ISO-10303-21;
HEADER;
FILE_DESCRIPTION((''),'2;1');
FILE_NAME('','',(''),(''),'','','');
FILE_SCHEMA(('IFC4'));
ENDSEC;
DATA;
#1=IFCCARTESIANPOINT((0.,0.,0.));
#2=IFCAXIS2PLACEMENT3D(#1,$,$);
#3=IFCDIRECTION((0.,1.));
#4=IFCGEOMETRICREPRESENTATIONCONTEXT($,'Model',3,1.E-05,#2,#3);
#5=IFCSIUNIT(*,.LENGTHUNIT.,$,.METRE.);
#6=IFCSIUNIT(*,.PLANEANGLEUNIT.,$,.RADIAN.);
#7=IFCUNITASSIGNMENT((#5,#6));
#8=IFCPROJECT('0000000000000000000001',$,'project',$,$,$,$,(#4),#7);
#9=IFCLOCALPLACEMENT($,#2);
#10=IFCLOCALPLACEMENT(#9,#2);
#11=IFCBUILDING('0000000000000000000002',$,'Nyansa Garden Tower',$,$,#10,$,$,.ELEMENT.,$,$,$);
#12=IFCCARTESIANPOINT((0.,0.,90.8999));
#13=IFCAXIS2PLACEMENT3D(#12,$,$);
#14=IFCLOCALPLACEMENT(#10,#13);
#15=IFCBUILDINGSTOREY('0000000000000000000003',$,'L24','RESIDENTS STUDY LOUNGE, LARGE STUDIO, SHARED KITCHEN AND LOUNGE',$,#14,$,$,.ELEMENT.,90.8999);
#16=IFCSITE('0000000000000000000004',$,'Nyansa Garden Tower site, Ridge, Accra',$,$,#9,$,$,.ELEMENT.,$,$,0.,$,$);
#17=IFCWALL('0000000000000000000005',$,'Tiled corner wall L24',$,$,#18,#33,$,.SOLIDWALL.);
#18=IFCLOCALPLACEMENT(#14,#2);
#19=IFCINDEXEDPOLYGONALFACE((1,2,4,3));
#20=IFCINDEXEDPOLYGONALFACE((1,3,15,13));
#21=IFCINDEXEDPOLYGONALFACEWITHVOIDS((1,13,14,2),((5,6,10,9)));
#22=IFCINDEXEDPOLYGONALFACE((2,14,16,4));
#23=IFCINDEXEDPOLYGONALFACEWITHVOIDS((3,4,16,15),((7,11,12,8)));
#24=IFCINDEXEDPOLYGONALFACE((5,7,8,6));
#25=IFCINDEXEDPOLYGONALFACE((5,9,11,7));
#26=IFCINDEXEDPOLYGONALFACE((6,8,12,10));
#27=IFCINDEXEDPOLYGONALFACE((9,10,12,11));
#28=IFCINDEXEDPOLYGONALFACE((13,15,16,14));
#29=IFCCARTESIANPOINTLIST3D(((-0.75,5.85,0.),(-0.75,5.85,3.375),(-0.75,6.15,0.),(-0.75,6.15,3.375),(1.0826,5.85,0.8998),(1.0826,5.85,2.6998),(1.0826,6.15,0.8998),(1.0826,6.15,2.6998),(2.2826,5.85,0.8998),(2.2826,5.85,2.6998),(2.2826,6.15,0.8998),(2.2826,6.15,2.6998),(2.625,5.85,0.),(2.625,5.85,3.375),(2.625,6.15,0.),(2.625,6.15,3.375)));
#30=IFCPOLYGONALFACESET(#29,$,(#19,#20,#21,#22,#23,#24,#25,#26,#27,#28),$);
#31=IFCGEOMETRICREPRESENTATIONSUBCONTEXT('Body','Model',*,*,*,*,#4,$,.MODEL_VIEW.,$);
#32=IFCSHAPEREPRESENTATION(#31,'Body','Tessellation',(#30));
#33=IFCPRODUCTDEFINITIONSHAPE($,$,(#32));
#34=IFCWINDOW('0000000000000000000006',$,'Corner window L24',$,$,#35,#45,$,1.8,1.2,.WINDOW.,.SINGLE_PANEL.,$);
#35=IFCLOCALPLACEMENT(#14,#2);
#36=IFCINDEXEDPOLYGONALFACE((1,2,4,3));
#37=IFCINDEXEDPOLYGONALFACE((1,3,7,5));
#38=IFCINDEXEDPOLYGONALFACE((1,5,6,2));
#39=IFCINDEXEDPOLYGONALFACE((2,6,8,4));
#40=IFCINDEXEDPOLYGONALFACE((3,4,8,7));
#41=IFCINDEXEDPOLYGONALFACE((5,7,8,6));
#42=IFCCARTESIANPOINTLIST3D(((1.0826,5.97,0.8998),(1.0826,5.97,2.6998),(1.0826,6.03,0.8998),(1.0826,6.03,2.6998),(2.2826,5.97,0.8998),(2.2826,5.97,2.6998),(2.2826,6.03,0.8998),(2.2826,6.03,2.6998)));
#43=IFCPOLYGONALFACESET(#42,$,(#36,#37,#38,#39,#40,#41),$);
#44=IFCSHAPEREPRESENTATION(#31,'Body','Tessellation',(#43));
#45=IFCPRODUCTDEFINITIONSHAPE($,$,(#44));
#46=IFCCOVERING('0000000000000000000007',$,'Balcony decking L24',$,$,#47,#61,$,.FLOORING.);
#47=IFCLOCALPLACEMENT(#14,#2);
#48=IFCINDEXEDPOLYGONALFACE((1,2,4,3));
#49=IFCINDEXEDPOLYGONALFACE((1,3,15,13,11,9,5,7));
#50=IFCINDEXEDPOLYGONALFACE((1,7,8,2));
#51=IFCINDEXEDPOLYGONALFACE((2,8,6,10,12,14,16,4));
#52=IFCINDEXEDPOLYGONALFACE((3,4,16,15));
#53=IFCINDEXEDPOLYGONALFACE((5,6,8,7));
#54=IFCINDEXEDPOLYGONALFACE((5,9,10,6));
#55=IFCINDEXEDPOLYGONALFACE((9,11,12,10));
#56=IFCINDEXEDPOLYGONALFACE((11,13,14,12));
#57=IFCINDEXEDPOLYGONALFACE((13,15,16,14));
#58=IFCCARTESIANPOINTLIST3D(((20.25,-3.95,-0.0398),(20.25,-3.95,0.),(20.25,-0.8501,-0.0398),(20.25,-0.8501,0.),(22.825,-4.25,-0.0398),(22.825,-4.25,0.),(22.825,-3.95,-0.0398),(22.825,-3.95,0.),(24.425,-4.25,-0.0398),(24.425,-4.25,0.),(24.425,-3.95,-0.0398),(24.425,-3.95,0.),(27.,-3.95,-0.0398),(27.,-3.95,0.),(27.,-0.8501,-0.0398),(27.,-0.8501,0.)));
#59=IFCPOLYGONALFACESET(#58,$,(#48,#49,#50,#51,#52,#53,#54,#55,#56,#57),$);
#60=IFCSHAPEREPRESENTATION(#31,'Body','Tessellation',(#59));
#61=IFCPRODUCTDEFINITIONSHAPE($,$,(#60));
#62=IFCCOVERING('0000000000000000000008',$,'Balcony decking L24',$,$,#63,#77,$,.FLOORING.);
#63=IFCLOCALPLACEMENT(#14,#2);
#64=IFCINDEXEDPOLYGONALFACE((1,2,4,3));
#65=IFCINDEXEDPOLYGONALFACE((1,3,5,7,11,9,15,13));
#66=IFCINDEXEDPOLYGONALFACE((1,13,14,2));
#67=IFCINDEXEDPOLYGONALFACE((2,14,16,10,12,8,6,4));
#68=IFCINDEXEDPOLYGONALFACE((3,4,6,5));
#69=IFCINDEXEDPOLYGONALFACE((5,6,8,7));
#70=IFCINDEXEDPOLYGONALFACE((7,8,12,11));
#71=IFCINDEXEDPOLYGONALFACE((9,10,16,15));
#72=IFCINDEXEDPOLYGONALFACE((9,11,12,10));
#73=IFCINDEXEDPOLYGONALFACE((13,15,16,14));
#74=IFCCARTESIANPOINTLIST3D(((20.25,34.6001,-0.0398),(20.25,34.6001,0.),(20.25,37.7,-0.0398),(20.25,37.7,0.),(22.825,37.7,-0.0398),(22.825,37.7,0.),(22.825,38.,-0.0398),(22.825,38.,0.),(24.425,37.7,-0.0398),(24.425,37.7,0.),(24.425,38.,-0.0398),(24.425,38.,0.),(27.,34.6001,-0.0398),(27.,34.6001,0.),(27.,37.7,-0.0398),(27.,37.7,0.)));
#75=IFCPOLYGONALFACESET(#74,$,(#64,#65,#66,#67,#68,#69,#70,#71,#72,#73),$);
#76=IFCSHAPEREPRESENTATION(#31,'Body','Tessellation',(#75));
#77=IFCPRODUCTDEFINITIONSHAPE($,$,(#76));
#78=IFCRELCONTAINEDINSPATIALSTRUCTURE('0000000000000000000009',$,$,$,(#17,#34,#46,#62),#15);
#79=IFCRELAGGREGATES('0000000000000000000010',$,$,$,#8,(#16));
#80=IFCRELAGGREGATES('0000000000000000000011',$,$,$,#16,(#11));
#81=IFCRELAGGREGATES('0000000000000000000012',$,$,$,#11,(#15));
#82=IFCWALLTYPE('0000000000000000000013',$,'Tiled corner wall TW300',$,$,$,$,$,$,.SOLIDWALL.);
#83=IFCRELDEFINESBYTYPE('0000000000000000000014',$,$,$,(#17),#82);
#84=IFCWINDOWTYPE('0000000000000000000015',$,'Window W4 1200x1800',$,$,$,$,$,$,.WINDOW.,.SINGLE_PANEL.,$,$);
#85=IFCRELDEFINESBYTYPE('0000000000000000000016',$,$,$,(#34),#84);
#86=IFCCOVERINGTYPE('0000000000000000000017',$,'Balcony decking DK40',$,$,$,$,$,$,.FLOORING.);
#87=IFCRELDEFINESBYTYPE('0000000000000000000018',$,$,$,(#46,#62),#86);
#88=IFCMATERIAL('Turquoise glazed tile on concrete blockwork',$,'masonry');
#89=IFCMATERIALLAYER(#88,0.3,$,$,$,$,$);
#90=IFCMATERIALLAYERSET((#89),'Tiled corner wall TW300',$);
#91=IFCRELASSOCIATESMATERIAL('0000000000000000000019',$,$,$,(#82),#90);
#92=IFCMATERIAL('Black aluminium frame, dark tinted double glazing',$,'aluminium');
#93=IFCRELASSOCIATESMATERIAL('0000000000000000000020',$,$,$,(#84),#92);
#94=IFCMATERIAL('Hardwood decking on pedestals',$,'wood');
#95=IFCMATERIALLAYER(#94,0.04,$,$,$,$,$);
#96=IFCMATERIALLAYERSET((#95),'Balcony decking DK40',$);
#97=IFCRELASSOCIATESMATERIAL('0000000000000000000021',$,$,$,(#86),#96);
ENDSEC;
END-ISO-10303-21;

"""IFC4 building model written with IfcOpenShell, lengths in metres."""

from ifc_helpers import new_model, si_unit, direction, frame, frame_2d, origin, place, context, subcontext, project, spatial, polyline, rectangle, outline, extrude, material, layer, layer_set, type_object, element, fill, save


model = new_model("IFC4")

# Units and contexts
model_context = context("Model", 3, precision=1e-05, world=origin(), true_north=direction((0.0, 1.0)))
body_context = subcontext(model_context, "Body", "Model", "MODEL_VIEW")
ifc_project = project(units=[si_unit("LENGTHUNIT", "METRE"), si_unit("PLANEANGLEUNIT", "RADIAN")], contexts=[model_context])

# Site, building, storey
site_placement = place(None, origin())
site = spatial("IfcSite", under=ifc_project, at=site_placement, Name="Nyansa Garden Tower site, Ridge, Accra", CompositionType="ELEMENT", RefElevation=0.0)
building_placement = place(site_placement, origin())
building = spatial("IfcBuilding", under=site, at=building_placement, Name="Nyansa Garden Tower", CompositionType="ELEMENT")
storey_placement = place(building_placement, frame((0.0, 0.0, 90.8999)))
storey = spatial("IfcBuildingStorey", under=building, at=storey_placement, Name="L24", Description="RESIDENTS STUDY LOUNGE, LARGE STUDIO, SHARED KITCHEN AND LOUNGE", CompositionType="ELEMENT", Elevation=90.8999)

# Wall, opening, window
ifc_material_1 = material(Name="Turquoise glazed tile on concrete blockwork", Category="masonry")
ifc_layer_1 = layer(ifc_material_1, 0.3)
ifc_layer_set_1 = layer_set([ifc_layer_1], Name="Tiled corner wall TW300")
wall_type = type_object("IfcWallType", Name="Tiled corner wall TW300", PredefinedType="SOLIDWALL", material=ifc_layer_set_1)
wall_placement = place(storey_placement, frame((-0.75, 6.0, 0.0), z_axis=(0.0, 0.0, 1.0), x_axis=(1.0, 0.0, 0.0)))
wall = element("IfcWall", 1, at=wall_placement, inside=storey, type_object=wall_type, Name="Tiled corner wall L24", PredefinedType="SOLIDWALL", context=body_context, shape_type="SweptSolid", body=[
    extrude(rectangle(XDim=3.375, YDim=0.3, at=frame_2d((1.6875, 0.0))), origin(), (0.0, 0.0, 1.0), 3.375),
])
opening_placement = place(wall_placement, frame((1.8325, 0.0, 0.8999)))
opening = element("IfcOpeningElement", 2, at=opening_placement, cuts=wall, PredefinedType="OPENING", context=body_context, shape_type="SweptSolid", body=[
    extrude(rectangle(XDim=1.2, YDim=1.8, at=frame_2d((0.6001, 0.8999))), frame((0.0, 0.1599, 0.0), z_axis=(0.0, -1.0, 0.0), x_axis=(1.0, 0.0, 0.0)), (0.0, 0.0, 1.0), 0.3201),
])
ifc_material_2 = material(Name="Black aluminium frame, dark tinted double glazing", Category="aluminium")
window_type = type_object("IfcWindowType", Name="Window W4 1200x1800", PartitioningType="SINGLE_PANEL", PredefinedType="WINDOW", material=ifc_material_2)
window_placement = place(opening_placement, origin())
window = element("IfcWindow", 3, at=window_placement, inside=storey, type_object=window_type, Name="Corner window L24", OverallHeight=1.8, OverallWidth=1.2, PartitioningType="SINGLE_PANEL", PredefinedType="WINDOW", context=body_context, shape_type="SweptSolid", body=[
    extrude(rectangle(XDim=1.2, YDim=1.8, at=frame_2d((0.6001, 0.8999))), frame((0.0, 0.03, 0.0), z_axis=(0.0, -1.0, 0.0), x_axis=(1.0, 0.0, 0.0)), (0.0, 0.0, 1.0), 0.0601),
])
fill(opening, window)

# Coverings
ifc_material_3 = material(Name="Hardwood decking on pedestals", Category="wood")
ifc_layer_2 = layer(ifc_material_3, 0.04)
ifc_layer_set_2 = layer_set([ifc_layer_2], Name="Balcony decking DK40")
covering_type = type_object("IfcCoveringType", Name="Balcony decking DK40", PredefinedType="FLOORING", material=ifc_layer_set_2)
covering_1_placement = place(storey_placement, frame((0.0, 0.0, -0.0398)))
element("IfcCovering", 4, at=covering_1_placement, inside=storey, type_object=covering_type, Name="Balcony decking L24", PredefinedType="FLOORING", context=body_context, shape_type="SweptSolid", body=[
    extrude(outline(polyline([(20.25, -0.8501), (27.0, -0.8501), (27.0, -3.95), (24.425, -3.95), (24.425, -4.25), (22.825, -4.25), (22.825, -3.95), (20.25, -3.95), (20.25, -0.8501)])), origin(), (0.0, 0.0, 1.0), 0.0398),
])
covering_2_placement = place(storey_placement, frame((0.0, 0.0, -0.0398)))
element("IfcCovering", 5, at=covering_2_placement, inside=storey, type_object=covering_type, Name="Balcony decking L24", PredefinedType="FLOORING", context=body_context, shape_type="SweptSolid", body=[
    extrude(outline(polyline([(20.25, 34.6001), (27.0, 34.6001), (27.0, 37.7), (24.425, 37.7), (24.425, 38.0), (22.825, 38.0), (22.825, 37.7), (20.25, 37.7), (20.25, 34.6001)])), origin(), (0.0, 0.0, 1.0), 0.0398),
])

save(model, "model.ifc")
